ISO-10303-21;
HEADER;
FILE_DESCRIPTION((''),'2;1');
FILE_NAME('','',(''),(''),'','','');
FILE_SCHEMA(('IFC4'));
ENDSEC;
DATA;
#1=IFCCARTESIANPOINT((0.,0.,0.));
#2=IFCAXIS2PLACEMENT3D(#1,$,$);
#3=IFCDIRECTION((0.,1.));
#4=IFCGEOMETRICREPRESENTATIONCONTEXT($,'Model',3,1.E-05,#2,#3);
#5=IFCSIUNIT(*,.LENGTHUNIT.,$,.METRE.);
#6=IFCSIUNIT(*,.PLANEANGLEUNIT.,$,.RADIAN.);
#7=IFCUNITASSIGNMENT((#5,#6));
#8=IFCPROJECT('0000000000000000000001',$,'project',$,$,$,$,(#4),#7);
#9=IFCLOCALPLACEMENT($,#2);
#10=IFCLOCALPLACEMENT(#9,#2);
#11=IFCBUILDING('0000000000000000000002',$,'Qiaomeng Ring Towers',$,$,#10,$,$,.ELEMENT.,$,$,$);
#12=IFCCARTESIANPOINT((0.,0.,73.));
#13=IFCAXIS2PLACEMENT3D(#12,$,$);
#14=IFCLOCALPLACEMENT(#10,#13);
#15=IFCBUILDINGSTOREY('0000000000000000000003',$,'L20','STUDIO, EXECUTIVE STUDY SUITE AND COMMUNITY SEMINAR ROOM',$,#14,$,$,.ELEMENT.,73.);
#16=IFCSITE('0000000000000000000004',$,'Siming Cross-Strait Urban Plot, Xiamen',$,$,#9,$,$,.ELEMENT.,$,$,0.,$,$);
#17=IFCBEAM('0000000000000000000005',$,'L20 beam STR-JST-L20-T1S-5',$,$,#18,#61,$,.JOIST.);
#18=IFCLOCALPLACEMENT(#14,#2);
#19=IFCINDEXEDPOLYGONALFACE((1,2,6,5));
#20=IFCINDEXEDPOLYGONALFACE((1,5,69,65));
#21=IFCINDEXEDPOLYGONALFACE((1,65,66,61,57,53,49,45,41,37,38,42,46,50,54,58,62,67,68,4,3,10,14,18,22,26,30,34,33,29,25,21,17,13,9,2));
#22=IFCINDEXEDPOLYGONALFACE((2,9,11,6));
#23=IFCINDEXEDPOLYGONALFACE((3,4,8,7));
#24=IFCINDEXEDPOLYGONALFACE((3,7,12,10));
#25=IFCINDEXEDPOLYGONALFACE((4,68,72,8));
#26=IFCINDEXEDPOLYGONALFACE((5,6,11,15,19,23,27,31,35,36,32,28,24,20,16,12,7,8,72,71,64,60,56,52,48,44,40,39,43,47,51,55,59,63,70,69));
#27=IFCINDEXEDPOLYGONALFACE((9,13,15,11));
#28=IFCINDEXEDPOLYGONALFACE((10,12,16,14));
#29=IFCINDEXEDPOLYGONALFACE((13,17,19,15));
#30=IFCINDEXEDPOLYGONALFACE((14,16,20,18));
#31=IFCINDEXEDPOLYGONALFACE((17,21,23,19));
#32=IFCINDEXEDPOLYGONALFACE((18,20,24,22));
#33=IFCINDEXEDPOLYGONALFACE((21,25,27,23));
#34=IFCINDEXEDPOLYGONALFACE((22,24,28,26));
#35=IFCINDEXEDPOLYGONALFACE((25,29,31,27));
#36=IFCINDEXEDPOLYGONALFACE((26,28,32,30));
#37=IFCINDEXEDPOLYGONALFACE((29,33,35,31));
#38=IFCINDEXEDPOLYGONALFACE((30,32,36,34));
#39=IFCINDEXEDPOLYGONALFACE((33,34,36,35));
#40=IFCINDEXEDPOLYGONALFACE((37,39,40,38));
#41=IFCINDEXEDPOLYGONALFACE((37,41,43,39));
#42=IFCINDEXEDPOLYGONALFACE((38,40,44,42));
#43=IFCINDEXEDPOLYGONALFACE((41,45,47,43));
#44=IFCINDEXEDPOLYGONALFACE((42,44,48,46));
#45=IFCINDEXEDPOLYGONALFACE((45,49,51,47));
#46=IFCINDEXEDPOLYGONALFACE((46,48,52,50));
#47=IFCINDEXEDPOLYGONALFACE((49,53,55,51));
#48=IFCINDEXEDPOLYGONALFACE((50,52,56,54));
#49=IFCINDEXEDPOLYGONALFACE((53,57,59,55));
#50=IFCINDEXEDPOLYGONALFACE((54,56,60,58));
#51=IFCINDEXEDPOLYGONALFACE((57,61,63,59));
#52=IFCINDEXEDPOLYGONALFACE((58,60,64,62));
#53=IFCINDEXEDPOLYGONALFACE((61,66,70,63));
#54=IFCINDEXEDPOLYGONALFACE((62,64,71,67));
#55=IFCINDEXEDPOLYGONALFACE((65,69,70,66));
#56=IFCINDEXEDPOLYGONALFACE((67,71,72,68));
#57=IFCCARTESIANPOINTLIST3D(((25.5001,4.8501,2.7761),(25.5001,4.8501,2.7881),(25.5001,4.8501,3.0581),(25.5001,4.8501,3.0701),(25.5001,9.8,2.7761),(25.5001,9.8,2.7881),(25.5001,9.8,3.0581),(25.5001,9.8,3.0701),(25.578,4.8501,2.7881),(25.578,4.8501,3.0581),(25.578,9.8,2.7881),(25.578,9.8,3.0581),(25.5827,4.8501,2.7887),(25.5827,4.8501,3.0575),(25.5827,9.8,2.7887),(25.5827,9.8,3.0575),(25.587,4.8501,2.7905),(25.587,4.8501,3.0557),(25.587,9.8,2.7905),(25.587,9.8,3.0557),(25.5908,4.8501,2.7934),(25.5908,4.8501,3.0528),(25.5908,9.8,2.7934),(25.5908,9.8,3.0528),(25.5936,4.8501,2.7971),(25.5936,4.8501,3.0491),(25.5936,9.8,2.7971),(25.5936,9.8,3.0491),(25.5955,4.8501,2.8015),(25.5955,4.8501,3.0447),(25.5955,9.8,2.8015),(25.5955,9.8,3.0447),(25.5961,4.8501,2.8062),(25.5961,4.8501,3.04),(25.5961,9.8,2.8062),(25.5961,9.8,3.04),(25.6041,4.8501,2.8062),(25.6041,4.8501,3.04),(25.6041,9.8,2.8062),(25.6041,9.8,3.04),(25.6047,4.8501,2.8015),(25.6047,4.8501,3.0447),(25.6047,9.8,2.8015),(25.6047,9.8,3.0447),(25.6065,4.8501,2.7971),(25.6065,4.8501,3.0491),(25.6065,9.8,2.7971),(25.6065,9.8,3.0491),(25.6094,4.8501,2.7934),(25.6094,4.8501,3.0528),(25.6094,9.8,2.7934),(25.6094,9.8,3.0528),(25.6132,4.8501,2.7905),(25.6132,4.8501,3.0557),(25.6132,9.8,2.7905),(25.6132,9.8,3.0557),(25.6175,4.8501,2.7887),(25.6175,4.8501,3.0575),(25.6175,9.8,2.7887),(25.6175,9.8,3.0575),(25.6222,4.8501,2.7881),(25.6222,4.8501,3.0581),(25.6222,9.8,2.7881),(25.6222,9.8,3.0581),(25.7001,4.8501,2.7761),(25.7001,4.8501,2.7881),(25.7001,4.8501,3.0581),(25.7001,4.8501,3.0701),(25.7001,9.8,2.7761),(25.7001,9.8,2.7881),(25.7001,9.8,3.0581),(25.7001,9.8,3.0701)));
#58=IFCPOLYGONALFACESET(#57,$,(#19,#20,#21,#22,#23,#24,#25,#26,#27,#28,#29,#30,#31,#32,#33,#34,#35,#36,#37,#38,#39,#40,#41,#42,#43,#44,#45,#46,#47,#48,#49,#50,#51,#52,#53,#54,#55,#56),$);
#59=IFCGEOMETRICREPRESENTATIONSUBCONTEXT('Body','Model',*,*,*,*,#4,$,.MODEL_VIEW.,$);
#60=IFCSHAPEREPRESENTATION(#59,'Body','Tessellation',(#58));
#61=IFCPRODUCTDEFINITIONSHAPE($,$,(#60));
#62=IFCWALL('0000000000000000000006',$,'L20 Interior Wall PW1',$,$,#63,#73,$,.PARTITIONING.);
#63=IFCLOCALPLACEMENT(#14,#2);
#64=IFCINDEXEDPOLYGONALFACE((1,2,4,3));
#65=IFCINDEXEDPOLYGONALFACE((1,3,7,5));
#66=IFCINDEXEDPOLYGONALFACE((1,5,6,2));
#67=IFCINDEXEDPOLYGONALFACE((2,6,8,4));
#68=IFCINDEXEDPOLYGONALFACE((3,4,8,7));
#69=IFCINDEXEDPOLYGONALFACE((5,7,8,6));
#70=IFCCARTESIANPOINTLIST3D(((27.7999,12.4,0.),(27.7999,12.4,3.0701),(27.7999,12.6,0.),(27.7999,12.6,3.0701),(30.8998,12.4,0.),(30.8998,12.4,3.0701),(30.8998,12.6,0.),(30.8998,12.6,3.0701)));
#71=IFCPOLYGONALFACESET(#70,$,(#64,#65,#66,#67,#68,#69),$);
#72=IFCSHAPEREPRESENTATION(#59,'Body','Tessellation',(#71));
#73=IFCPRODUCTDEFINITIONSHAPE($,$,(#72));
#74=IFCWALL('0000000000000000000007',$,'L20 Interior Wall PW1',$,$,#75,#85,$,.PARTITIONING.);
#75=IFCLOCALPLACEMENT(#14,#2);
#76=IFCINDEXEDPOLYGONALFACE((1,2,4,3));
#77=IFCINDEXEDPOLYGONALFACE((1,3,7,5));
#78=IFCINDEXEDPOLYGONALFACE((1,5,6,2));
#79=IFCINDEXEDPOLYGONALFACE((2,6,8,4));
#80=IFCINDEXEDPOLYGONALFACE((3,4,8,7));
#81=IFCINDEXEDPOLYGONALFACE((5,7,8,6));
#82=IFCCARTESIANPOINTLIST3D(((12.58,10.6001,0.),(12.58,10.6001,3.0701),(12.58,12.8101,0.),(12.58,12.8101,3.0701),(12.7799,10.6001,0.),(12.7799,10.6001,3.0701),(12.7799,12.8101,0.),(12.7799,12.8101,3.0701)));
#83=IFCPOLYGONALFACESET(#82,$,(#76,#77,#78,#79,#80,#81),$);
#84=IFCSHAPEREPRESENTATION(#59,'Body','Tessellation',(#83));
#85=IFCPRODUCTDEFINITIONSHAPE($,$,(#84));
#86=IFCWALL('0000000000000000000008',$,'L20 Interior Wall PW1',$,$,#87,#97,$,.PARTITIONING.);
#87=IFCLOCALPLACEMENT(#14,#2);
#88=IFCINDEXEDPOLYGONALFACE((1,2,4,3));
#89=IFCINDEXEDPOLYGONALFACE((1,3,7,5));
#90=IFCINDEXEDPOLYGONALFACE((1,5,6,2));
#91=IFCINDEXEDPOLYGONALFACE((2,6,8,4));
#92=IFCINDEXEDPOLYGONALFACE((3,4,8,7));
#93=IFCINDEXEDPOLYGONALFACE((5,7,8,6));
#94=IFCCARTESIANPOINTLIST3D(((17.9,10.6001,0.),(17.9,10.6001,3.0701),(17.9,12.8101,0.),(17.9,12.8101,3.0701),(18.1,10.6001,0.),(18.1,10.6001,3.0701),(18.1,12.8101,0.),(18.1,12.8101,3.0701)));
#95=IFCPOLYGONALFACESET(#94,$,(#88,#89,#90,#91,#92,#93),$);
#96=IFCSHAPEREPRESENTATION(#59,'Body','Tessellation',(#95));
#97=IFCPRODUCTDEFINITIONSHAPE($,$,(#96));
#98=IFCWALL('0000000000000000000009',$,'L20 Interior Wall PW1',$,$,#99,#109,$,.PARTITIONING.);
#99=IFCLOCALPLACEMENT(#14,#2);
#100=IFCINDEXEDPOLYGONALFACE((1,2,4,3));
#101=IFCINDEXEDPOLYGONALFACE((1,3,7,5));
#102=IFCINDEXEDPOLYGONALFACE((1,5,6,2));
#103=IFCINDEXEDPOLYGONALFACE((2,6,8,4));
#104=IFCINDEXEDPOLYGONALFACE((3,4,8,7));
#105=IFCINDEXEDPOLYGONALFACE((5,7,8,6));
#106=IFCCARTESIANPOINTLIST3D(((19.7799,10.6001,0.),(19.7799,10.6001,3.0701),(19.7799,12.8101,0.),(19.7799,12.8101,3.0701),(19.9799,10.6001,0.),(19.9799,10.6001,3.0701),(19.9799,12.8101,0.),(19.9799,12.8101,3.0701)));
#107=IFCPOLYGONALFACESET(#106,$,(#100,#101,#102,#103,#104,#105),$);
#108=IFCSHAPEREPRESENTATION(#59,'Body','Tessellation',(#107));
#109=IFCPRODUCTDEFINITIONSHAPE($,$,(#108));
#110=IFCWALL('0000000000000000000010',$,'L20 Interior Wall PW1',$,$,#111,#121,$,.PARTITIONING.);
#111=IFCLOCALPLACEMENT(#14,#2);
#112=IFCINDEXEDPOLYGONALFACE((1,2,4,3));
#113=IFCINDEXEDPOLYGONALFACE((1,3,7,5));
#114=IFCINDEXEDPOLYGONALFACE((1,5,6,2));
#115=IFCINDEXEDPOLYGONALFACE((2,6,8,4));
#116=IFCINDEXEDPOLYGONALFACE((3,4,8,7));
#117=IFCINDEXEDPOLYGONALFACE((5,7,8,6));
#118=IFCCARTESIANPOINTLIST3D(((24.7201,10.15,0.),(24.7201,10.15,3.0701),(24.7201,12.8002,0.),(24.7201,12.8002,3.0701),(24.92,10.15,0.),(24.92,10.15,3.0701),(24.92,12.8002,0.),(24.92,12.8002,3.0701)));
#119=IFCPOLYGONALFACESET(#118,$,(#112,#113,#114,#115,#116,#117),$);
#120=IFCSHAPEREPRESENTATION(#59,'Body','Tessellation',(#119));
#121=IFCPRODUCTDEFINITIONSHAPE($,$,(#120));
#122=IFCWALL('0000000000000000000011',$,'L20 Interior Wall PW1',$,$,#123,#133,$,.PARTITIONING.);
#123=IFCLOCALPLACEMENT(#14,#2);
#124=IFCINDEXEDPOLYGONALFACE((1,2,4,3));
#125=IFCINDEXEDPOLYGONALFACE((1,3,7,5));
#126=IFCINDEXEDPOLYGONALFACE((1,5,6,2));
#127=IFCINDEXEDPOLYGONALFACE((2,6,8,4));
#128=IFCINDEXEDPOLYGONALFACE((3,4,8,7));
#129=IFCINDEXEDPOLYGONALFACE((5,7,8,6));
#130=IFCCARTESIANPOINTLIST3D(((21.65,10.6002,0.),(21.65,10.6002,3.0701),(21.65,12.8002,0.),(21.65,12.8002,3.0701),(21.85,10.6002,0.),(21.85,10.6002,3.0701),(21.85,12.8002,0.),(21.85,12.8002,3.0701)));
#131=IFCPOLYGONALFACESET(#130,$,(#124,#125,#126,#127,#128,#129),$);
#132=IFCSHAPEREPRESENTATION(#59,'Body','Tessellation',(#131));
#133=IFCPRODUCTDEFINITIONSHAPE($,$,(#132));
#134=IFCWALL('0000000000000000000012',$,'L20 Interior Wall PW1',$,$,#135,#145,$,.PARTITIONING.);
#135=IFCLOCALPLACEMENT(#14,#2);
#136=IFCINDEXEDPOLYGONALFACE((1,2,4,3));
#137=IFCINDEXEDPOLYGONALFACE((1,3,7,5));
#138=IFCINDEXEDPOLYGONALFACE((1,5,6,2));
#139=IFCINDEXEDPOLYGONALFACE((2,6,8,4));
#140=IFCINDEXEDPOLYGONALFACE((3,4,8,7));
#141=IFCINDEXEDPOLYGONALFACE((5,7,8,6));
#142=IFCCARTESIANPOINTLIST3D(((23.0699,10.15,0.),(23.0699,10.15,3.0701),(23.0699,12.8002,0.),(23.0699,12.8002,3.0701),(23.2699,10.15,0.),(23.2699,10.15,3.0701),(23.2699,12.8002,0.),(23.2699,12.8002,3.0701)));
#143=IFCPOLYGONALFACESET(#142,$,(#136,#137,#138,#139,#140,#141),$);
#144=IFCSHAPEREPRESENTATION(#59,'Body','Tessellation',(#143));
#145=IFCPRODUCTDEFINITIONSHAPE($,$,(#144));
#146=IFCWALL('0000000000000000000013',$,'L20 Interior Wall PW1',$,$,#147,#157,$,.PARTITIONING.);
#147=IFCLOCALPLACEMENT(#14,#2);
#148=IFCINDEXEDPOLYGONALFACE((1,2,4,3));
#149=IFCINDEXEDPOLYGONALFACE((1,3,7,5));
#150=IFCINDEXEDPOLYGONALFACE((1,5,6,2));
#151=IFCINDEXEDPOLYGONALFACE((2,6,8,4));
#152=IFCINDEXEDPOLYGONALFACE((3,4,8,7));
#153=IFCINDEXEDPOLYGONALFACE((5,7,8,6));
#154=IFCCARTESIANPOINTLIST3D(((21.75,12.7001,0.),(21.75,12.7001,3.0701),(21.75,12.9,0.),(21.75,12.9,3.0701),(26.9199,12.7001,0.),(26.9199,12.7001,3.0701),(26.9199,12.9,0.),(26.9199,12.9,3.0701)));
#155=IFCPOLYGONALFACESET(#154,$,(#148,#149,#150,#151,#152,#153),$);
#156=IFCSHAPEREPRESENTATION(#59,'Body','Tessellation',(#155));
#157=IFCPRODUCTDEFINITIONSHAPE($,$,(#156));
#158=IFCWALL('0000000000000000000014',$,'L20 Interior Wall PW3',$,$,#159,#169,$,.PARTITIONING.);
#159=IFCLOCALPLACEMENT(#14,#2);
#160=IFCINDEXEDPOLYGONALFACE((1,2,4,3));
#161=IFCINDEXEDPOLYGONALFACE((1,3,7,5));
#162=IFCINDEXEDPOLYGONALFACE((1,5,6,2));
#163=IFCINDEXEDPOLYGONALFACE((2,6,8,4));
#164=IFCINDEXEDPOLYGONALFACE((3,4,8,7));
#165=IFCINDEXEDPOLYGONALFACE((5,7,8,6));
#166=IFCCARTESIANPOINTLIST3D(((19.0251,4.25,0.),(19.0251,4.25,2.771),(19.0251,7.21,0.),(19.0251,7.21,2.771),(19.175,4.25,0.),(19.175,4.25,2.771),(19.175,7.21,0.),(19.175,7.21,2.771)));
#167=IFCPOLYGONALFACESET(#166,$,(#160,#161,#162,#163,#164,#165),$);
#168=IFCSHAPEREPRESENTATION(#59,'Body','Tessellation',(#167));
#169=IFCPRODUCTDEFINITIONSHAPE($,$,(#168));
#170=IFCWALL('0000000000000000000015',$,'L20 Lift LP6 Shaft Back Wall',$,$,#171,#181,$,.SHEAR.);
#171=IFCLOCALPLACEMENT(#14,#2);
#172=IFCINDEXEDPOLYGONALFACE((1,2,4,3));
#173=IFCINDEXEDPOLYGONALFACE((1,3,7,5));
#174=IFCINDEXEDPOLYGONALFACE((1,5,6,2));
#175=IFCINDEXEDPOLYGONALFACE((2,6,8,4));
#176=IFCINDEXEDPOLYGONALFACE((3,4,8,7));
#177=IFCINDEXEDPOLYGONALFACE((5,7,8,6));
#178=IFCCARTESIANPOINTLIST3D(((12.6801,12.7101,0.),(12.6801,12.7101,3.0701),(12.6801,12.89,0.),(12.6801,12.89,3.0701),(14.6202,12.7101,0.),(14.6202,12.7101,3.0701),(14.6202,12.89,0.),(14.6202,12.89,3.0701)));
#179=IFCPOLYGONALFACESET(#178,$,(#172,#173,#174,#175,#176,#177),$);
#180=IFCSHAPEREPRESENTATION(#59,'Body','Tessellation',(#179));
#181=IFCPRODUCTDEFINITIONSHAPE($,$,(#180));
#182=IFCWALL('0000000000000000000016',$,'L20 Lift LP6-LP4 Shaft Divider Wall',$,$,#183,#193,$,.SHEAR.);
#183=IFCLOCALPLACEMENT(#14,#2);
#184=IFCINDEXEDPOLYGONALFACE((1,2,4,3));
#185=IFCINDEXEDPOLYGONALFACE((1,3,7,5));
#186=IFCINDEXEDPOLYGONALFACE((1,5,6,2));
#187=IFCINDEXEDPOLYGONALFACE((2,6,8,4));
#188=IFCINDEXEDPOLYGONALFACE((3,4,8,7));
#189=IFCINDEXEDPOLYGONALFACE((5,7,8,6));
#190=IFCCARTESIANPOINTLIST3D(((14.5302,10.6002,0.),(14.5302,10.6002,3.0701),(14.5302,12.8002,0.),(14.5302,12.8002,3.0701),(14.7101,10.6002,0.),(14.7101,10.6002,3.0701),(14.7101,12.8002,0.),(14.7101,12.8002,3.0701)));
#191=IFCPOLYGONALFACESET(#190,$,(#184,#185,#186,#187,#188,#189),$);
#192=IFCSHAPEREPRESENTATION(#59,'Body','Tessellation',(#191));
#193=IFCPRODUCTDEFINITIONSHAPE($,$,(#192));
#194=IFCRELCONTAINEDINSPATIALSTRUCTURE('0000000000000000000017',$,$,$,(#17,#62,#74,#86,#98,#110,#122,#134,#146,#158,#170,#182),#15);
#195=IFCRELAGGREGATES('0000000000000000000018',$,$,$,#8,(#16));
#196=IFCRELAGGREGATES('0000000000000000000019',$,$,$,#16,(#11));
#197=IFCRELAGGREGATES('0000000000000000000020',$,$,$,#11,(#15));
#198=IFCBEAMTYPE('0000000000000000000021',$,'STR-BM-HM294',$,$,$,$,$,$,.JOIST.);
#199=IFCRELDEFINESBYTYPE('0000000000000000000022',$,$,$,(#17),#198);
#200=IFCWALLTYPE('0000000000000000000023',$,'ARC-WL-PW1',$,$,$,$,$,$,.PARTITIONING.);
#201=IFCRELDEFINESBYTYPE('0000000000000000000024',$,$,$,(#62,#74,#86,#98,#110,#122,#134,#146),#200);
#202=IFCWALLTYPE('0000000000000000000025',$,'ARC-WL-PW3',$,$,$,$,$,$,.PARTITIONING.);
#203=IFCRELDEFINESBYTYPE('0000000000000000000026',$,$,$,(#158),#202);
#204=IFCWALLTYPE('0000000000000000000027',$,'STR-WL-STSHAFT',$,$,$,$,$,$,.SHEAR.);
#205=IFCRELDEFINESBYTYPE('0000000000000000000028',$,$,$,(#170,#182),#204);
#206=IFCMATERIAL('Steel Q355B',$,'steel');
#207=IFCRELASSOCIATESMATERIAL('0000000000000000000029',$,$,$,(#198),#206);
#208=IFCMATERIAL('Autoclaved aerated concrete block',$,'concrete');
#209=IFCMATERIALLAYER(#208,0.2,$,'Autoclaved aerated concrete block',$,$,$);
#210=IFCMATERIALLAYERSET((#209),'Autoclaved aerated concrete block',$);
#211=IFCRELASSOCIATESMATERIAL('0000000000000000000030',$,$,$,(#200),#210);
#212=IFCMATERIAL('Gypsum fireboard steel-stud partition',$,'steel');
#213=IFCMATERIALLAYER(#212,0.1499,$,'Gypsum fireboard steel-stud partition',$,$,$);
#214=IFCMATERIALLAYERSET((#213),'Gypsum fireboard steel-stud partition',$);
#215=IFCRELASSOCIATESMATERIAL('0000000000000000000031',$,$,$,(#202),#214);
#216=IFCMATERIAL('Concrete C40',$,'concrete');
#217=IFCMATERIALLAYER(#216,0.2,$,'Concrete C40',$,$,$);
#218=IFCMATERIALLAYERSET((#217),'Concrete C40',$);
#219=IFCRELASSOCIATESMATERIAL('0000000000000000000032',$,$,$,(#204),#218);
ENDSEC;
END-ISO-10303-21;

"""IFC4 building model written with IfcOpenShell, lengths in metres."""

from ifc_helpers import new_model, si_unit, direction, frame, frame_2d, origin, origin_2d, place, context, subcontext, project, spatial, rectangle, i_section, extrude, source, transform, mapped, material, layer, layer_set, material_profile, profile_set, type_object, element, save


model = new_model("IFC4")

# Units and contexts
model_context = context("Model", 3, precision=1e-05, world=origin(), true_north=direction((0.0, 1.0)))
body_context = subcontext(model_context, "Body", "Model", "MODEL_VIEW")
ifc_project = project(units=[si_unit("LENGTHUNIT", "METRE"), si_unit("PLANEANGLEUNIT", "RADIAN")], contexts=[model_context])

# Site, building, storey
site_placement = place(None, origin())
site = spatial("IfcSite", under=ifc_project, at=site_placement, Name="Siming Cross-Strait Urban Plot, Xiamen", CompositionType="ELEMENT", RefElevation=0.0)
building_placement = place(site_placement, origin())
building = spatial("IfcBuilding", under=site, at=building_placement, Name="Qiaomeng Ring Towers", CompositionType="ELEMENT")
storey_placement = place(building_placement, frame((0.0, 0.0, 73.0)))
storey = spatial("IfcBuildingStorey", under=building, at=storey_placement, Name="L20", Description="STUDIO, EXECUTIVE STUDY SUITE AND COMMUNITY SEMINAR ROOM", CompositionType="ELEMENT", Elevation=73.0)

# Beam
ifc_material_1 = material(Name="Steel Q355B", Category="steel")
ifc_material_profile_1 = material_profile(ifc_material_1, i_section(OverallWidth=0.2, OverallDepth=0.2939, WebThickness=0.0081, FlangeThickness=0.012, FilletRadius=0.0181, at=origin_2d()), Name="HM 294x200x8x12")
ifc_profile_set_1 = profile_set([ifc_material_profile_1], Name="Steel Q355B")
beam_type_1 = type_object("IfcBeamType", Name="STR-BM-HM294", PredefinedType="JOIST", material=ifc_profile_set_1)
shared_shape_1 = source(origin(), body_context, "Body", "SweptSolid", [
    extrude(i_section(OverallWidth=0.2, OverallDepth=0.2939, WebThickness=0.0081, FlangeThickness=0.012, FilletRadius=0.0181, at=origin_2d()), origin(), (0.0, 0.0, 1.0), 4.95),
])
for number, where, z_axis, x_axis, name in (
    (1, (25.6001, 4.8501, 2.9231), (0.0, 1.0, 0.0), (-1.0, 0.0, 0.0), "L20 beam STR-JST-L20-T1S-5"),
):
    element("IfcBeam", number, at=place(storey_placement, frame(where, z_axis=z_axis, x_axis=x_axis)), inside=storey, type_object=beam_type_1, Name=name, PredefinedType="JOIST", context=body_context, shape_type="MappedRepresentation", body=[
        mapped(shared_shape_1, transform((0.0, 0.0, 0.0), x_axis=(1.0, 0.0, 0.0), y_axis=(0.0, 1.0, 0.0), z_axis=(0.0, 0.0, 1.0), scale=1.0)),
    ])

# Walls
ifc_material_2 = material(Name="Autoclaved aerated concrete block", Category="concrete")
ifc_layer_1 = layer(ifc_material_2, 0.2, Name="Autoclaved aerated concrete block")
ifc_layer_set_1 = layer_set([ifc_layer_1], Name="Autoclaved aerated concrete block")
wall_type_1 = type_object("IfcWallType", Name="ARC-WL-PW1", PredefinedType="PARTITIONING", material=ifc_layer_set_1)
wall_1_placement = place(storey_placement, frame((27.8, 12.5, 0.0), z_axis=(0.0, 0.0, 1.0), x_axis=(1.0, 0.0, 0.0)))
element("IfcWall", 2, at=wall_1_placement, inside=storey, type_object=wall_type_1, Name="L20 Interior Wall PW1", PredefinedType="PARTITIONING", context=body_context, shape_type="SweptSolid", body=[
    extrude(rectangle(XDim=3.0999, YDim=0.2, at=frame_2d((1.5498, 0.0))), origin(), (0.0, 0.0, 1.0), 3.0701),
])
for number, where, z_axis, x_axis, name in (
    (3, (12.6799, 10.6001, 0.0), (0.0, 0.0, 1.0), (0.0, 1.0, 0.0), "L20 Interior Wall PW1"),
    (4, (18.0, 10.6001, 0.0), (0.0, 0.0, 1.0), (0.0, 1.0, 0.0), "L20 Interior Wall PW1"),
    (5, (19.8799, 10.6001, 0.0), (0.0, 0.0, 1.0), (0.0, 1.0, 0.0), "L20 Interior Wall PW1"),
):
    element("IfcWall", number, at=place(storey_placement, frame(where, z_axis=z_axis, x_axis=x_axis)), inside=storey, type_object=wall_type_1, Name=name, PredefinedType="PARTITIONING", context=body_context, shape_type="SweptSolid", body=[
        extrude(rectangle(XDim=2.21, YDim=0.2, at=frame_2d((1.105, 0.0))), origin(), (0.0, 0.0, 1.0), 3.0701),
    ])
wall_2_placement = place(storey_placement, frame((24.8201, 10.1499, 0.0), z_axis=(0.0, 0.0, 1.0), x_axis=(0.0, 1.0, 0.0)))
element("IfcWall", 6, at=wall_2_placement, inside=storey, type_object=wall_type_1, Name="L20 Interior Wall PW1", PredefinedType="PARTITIONING", context=body_context, shape_type="SweptSolid", body=[
    extrude(rectangle(XDim=2.6501, YDim=0.2, at=frame_2d((1.3252, 0.0))), origin(), (0.0, 0.0, 1.0), 3.0701),
])
wall_3_placement = place(storey_placement, frame((21.75, 10.6001, 0.0), z_axis=(0.0, 0.0, 1.0), x_axis=(0.0, 1.0, 0.0)))
element("IfcWall", 7, at=wall_3_placement, inside=storey, type_object=wall_type_1, Name="L20 Interior Wall PW1", PredefinedType="PARTITIONING", context=body_context, shape_type="SweptSolid", body=[
    extrude(rectangle(XDim=2.2, YDim=0.2, at=frame_2d((1.1001, 0.0))), origin(), (0.0, 0.0, 1.0), 3.0701),
])
wall_4_placement = place(storey_placement, frame((23.1699, 10.1499, 0.0), z_axis=(0.0, 0.0, 1.0), x_axis=(0.0, 1.0, 0.0)))
element("IfcWall", 8, at=wall_4_placement, inside=storey, type_object=wall_type_1, Name="L20 Interior Wall PW1", PredefinedType="PARTITIONING", context=body_context, shape_type="SweptSolid", body=[
    extrude(rectangle(XDim=2.6501, YDim=0.2, at=frame_2d((1.3252, 0.0))), origin(), (0.0, 0.0, 1.0), 3.0701),
])
wall_5_placement = place(storey_placement, frame((21.75, 12.8, 0.0), z_axis=(0.0, 0.0, 1.0), x_axis=(1.0, 0.0, 0.0)))
element("IfcWall", 9, at=wall_5_placement, inside=storey, type_object=wall_type_1, Name="L20 Interior Wall PW1", PredefinedType="PARTITIONING", context=body_context, shape_type="SweptSolid", body=[
    extrude(rectangle(XDim=5.1699, YDim=0.2, at=frame_2d((2.585, 0.0))), origin(), (0.0, 0.0, 1.0), 3.0701),
])
ifc_material_3 = material(Name="Gypsum fireboard steel-stud partition", Category="steel")
ifc_layer_2 = layer(ifc_material_3, 0.1499, Name="Gypsum fireboard steel-stud partition")
ifc_layer_set_2 = layer_set([ifc_layer_2], Name="Gypsum fireboard steel-stud partition")
wall_type_2 = type_object("IfcWallType", Name="ARC-WL-PW3", PredefinedType="PARTITIONING", material=ifc_layer_set_2)
wall_6_placement = place(storey_placement, frame((19.1001, 4.25, 0.0), z_axis=(0.0, 0.0, 1.0), x_axis=(0.0, 1.0, 0.0)))
element("IfcWall", 10, at=wall_6_placement, inside=storey, type_object=wall_type_2, Name="L20 Interior Wall PW3", PredefinedType="PARTITIONING", context=body_context, shape_type="SweptSolid", body=[
    extrude(rectangle(XDim=2.96, YDim=0.1499, at=frame_2d((1.48, 0.0))), origin(), (0.0, 0.0, 1.0), 2.771),
])
ifc_material_4 = material(Name="Concrete C40", Category="concrete")
ifc_layer_3 = layer(ifc_material_4, 0.2, Name="Concrete C40")
ifc_layer_set_3 = layer_set([ifc_layer_3], Name="Concrete C40")
wall_type_3 = type_object("IfcWallType", Name="STR-WL-STSHAFT", PredefinedType="SHEAR", material=ifc_layer_set_3)
wall_7_placement = place(storey_placement, frame((12.6799, 12.8, 0.0), z_axis=(0.0, 0.0, 1.0), x_axis=(1.0, 0.0, 0.0)))
element("IfcWall", 11, at=wall_7_placement, inside=storey, type_object=wall_type_3, Name="L20 Lift LP6 Shaft Back Wall", PredefinedType="SHEAR", context=body_context, shape_type="SweptSolid", body=[
    extrude(rectangle(XDim=1.9402, YDim=0.1799, at=frame_2d((0.9702, 0.0))), origin(), (0.0, 0.0, 1.0), 3.0701),
])
wall_8_placement = place(storey_placement, frame((14.6201, 10.6001, 0.0), z_axis=(0.0, 0.0, 1.0), x_axis=(0.0, 1.0, 0.0)))
element("IfcWall", 12, at=wall_8_placement, inside=storey, type_object=wall_type_3, Name="L20 Lift LP6-LP4 Shaft Divider Wall", PredefinedType="SHEAR", context=body_context, shape_type="SweptSolid", body=[
    extrude(rectangle(XDim=2.2, YDim=0.1799, at=frame_2d((1.1001, 0.0))), origin(), (0.0, 0.0, 1.0), 3.0701),
])

save(model, "model.ifc")
